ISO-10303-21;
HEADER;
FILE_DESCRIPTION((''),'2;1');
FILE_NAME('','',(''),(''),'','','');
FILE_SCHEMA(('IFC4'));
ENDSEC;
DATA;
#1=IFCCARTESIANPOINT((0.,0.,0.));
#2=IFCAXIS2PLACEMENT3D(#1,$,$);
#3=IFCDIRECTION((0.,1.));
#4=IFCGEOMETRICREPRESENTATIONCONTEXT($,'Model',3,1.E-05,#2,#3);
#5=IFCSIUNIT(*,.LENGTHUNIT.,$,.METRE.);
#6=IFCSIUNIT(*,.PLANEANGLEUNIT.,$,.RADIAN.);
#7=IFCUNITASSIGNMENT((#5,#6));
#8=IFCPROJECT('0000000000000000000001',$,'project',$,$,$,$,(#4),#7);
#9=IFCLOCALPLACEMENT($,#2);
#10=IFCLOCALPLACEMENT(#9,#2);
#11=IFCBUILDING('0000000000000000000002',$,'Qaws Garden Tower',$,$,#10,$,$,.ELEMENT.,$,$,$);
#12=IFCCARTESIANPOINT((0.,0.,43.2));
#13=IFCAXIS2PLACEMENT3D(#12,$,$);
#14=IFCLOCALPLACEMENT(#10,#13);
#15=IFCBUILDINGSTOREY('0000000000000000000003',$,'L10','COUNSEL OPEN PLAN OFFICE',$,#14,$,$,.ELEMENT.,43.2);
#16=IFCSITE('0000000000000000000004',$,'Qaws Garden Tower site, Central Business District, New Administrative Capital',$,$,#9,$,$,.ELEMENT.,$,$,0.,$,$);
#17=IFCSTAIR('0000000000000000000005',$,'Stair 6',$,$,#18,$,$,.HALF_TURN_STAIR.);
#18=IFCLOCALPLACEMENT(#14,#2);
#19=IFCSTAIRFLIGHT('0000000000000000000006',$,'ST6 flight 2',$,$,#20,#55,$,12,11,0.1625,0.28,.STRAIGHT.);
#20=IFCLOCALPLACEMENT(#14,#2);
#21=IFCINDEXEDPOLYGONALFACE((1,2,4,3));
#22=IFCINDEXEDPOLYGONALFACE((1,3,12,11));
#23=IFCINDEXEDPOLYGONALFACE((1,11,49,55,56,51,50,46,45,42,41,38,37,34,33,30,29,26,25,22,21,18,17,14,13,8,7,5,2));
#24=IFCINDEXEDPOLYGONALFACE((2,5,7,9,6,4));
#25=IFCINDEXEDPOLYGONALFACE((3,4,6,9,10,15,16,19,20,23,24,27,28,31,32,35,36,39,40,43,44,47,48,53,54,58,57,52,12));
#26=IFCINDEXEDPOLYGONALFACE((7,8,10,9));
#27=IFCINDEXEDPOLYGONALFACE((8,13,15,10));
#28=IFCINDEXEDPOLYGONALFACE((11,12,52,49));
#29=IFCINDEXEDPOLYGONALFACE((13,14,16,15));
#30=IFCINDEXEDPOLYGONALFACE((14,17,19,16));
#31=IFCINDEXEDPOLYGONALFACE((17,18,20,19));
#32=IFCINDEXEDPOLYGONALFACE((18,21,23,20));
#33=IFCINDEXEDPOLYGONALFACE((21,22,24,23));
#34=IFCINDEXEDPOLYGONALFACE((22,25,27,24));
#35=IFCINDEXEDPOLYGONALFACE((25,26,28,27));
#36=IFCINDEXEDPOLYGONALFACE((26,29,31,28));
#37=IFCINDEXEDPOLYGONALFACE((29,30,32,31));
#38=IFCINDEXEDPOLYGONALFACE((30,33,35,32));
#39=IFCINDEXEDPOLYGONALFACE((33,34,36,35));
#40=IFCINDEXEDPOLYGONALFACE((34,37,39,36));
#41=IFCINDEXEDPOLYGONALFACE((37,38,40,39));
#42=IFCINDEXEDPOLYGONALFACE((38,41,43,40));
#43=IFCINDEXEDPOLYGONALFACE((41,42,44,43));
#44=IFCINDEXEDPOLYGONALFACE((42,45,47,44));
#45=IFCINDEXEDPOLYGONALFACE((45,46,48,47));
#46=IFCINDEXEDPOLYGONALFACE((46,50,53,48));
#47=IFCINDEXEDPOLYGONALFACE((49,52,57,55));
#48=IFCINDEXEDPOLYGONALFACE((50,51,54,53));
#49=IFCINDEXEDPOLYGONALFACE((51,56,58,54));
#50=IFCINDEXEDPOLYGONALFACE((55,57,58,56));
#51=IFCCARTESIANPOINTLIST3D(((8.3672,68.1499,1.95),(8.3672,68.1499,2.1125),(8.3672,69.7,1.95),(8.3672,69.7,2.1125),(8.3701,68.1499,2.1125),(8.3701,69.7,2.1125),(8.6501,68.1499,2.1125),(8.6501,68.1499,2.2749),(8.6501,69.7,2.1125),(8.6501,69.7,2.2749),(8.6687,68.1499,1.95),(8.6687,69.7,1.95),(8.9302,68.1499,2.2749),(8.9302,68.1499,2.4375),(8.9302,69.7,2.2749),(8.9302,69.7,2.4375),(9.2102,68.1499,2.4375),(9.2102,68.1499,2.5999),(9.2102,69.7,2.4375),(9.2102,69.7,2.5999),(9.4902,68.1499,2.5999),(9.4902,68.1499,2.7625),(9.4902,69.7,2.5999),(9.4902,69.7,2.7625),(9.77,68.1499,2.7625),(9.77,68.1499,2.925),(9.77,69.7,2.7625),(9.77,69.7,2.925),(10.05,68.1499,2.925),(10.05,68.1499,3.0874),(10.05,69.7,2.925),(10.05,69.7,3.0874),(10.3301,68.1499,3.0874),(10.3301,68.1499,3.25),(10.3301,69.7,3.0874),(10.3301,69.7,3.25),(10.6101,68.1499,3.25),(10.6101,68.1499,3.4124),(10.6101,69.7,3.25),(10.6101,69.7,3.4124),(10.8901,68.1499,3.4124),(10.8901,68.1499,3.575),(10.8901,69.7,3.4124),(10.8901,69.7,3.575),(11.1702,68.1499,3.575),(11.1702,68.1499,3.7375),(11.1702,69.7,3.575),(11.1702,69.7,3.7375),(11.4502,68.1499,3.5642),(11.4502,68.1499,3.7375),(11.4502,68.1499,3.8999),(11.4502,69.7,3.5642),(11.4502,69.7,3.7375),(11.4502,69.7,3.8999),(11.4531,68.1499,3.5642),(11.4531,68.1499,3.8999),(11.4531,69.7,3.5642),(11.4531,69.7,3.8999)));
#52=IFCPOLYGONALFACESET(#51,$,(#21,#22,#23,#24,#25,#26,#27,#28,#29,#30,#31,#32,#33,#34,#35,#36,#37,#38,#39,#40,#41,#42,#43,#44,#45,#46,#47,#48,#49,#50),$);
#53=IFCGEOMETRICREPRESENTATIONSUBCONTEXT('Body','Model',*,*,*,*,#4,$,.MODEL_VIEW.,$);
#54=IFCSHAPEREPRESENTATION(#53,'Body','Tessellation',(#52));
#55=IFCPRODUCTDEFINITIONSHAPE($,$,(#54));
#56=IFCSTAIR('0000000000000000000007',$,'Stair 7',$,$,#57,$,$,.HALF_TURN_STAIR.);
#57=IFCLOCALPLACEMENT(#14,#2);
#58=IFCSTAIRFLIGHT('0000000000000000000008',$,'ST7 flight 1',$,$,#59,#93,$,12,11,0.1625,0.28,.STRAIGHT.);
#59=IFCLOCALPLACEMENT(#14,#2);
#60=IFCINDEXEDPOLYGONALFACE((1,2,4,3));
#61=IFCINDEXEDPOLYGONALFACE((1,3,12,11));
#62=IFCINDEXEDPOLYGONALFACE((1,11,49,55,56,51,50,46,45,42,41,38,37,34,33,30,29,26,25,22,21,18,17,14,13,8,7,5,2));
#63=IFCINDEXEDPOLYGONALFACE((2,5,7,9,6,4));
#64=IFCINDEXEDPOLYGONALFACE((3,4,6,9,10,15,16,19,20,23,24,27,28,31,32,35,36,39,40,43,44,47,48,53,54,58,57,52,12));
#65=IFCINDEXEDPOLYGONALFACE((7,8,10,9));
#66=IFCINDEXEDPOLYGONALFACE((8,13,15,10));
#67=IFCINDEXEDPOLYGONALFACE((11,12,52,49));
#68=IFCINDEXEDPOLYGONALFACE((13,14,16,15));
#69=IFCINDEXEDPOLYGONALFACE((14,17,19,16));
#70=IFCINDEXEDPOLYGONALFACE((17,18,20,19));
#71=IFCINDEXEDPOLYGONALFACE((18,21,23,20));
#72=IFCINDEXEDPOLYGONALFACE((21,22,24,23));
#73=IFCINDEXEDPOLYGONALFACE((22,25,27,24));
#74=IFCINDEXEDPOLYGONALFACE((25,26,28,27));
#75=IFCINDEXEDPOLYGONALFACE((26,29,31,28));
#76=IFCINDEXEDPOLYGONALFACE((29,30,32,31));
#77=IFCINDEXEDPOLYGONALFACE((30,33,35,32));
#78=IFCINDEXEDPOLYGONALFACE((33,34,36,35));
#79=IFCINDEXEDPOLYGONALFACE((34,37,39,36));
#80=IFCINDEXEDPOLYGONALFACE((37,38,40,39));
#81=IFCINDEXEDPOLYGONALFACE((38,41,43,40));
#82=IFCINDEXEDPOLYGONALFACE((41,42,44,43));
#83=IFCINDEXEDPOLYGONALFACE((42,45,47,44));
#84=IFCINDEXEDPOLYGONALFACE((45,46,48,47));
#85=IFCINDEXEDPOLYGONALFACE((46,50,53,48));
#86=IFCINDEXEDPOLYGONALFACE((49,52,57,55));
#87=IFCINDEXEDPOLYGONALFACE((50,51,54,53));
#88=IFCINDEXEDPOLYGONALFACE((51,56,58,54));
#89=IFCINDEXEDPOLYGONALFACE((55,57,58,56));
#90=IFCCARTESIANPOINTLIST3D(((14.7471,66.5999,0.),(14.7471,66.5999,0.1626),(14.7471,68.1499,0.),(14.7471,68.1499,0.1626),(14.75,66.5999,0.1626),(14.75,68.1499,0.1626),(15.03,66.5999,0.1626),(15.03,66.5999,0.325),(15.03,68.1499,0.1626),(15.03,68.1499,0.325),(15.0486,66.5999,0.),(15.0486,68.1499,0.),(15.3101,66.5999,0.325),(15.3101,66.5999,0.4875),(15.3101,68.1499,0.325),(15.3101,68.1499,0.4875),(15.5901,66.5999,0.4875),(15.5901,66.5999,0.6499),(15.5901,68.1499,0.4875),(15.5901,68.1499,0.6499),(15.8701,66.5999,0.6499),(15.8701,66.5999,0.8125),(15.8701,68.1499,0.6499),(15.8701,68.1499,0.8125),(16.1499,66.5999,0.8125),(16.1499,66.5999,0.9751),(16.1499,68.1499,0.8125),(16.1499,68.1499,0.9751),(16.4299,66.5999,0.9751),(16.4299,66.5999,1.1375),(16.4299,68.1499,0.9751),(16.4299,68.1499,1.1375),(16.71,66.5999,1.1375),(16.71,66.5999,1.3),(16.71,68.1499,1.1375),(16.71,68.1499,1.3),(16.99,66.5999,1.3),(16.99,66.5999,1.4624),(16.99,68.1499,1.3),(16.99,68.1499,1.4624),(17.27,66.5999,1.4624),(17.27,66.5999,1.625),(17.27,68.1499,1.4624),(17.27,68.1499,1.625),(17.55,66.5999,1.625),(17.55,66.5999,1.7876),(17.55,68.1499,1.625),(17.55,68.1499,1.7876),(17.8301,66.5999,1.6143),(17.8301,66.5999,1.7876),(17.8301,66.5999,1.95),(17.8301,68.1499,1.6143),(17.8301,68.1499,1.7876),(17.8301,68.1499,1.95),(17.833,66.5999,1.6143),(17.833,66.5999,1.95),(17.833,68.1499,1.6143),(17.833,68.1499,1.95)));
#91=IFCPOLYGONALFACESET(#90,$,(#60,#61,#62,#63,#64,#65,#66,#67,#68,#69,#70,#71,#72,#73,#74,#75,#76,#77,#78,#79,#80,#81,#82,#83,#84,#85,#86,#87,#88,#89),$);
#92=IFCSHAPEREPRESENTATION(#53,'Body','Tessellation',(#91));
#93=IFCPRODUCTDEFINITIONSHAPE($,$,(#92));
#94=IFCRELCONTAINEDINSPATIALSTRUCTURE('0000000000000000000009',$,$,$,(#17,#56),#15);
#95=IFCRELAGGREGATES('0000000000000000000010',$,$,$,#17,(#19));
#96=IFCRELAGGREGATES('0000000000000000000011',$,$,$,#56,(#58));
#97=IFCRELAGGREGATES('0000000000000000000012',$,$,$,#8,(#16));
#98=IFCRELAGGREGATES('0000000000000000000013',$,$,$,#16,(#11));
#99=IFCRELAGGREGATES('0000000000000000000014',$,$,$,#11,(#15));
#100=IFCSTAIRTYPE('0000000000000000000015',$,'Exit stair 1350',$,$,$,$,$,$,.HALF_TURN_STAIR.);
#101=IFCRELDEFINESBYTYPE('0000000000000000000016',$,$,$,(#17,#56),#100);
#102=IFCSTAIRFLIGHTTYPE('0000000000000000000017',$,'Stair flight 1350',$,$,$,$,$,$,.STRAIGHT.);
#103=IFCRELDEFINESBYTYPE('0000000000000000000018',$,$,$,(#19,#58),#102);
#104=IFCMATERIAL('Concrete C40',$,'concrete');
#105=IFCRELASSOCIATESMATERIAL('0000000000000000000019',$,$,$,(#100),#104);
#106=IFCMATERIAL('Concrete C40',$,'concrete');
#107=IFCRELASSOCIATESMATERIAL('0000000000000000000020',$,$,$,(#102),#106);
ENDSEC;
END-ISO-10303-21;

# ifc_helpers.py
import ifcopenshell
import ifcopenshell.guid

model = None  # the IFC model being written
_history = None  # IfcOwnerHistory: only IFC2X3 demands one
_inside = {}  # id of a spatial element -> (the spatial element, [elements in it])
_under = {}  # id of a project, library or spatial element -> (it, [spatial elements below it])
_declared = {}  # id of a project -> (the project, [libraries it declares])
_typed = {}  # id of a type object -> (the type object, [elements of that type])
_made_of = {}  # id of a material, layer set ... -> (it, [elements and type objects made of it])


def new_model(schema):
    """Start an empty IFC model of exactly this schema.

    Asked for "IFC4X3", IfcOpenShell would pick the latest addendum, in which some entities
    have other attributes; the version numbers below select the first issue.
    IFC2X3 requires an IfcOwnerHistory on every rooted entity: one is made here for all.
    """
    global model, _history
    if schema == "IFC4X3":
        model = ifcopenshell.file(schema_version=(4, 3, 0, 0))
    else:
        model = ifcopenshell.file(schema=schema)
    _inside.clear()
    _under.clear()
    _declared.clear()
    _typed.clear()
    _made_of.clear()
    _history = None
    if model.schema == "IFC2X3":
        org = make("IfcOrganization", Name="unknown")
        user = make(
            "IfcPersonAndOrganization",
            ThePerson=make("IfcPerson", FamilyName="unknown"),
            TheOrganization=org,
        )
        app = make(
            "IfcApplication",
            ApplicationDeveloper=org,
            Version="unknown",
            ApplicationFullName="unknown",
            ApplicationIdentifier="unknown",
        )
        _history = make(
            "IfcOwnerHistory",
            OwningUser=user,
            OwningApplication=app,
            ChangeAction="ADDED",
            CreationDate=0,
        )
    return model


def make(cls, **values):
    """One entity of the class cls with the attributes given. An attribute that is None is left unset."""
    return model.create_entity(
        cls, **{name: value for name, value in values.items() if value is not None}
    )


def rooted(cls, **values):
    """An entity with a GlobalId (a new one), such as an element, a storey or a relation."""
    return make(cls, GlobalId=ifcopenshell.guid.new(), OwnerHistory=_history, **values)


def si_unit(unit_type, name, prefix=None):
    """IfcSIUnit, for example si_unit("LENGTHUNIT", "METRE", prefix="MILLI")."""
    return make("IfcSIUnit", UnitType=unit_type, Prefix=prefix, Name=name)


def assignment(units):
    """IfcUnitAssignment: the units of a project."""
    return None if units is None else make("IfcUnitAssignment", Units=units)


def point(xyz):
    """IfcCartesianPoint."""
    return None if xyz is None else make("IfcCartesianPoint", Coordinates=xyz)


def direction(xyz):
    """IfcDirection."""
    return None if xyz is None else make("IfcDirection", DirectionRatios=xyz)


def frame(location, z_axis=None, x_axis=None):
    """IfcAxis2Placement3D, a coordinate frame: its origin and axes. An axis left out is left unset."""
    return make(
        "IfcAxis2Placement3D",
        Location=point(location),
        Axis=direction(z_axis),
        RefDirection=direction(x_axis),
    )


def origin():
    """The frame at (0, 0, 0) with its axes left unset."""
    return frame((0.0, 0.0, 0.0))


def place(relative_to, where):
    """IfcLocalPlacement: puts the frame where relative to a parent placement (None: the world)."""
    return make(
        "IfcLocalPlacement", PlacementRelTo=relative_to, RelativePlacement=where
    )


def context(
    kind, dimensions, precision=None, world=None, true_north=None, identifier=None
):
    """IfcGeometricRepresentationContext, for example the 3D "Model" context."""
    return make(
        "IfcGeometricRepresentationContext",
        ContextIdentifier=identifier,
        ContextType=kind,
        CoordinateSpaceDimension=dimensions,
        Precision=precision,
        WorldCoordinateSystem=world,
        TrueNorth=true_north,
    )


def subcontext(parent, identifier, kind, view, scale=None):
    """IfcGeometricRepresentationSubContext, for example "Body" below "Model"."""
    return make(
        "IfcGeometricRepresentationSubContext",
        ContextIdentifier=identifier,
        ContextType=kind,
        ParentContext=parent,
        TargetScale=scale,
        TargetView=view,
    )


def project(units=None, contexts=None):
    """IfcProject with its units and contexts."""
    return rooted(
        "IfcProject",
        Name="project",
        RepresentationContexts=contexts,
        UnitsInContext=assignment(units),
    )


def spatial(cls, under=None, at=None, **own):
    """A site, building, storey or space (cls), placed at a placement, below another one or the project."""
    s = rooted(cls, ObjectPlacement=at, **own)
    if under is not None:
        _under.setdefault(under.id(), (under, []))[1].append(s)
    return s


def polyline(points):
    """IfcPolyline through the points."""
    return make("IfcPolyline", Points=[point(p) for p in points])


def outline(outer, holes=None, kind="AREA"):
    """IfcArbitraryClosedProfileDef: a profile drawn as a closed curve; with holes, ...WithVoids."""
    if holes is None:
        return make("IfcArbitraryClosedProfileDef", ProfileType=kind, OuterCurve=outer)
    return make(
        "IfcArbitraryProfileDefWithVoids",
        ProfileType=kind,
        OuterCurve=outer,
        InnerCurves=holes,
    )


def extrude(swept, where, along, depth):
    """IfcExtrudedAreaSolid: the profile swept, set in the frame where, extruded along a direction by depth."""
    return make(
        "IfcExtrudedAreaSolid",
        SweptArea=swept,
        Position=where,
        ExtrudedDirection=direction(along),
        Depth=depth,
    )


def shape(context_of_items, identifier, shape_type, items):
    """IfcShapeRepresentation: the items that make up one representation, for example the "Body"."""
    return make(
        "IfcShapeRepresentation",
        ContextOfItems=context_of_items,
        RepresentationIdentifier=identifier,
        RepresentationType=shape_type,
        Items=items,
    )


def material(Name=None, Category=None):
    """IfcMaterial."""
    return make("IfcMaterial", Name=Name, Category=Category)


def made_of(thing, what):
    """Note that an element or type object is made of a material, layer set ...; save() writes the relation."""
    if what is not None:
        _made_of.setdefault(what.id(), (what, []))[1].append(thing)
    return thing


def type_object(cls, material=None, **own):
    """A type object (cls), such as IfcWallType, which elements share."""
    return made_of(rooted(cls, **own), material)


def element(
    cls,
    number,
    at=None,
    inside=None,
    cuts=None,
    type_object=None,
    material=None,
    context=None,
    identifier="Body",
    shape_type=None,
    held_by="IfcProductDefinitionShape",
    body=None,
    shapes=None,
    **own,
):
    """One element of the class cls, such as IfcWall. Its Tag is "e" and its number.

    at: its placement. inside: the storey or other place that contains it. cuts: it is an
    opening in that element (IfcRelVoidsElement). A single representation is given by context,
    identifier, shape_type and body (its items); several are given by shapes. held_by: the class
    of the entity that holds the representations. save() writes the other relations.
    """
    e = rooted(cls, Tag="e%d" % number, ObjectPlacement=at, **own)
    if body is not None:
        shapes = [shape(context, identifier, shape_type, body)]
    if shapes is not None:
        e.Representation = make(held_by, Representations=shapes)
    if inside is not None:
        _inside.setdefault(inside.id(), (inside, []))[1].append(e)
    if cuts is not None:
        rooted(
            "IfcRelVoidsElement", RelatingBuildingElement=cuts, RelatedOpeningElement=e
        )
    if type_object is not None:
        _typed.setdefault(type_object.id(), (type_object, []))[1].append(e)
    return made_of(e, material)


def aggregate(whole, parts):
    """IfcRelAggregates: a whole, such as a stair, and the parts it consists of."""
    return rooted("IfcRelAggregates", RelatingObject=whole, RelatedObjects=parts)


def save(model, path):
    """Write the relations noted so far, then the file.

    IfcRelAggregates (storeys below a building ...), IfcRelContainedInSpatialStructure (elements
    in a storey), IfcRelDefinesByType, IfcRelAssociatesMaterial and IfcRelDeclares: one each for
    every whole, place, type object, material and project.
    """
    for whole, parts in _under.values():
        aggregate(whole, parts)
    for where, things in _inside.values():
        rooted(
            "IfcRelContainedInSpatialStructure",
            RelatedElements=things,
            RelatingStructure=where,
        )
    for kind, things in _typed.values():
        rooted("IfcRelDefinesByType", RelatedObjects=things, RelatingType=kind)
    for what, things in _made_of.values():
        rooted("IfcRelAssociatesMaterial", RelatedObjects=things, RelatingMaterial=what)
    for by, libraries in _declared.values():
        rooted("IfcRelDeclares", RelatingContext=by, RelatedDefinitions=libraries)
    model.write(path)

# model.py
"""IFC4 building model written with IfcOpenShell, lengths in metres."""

from ifc_helpers import new_model, si_unit, direction, frame, origin, place, context, subcontext, project, spatial, polyline, outline, extrude, material, type_object, element, aggregate, save


model = new_model("IFC4")

# Units and contexts
model_context = context("Model", 3, precision=1e-05, world=origin(), true_north=direction((0.0, 1.0)))
body_context = subcontext(model_context, "Body", "Model", "MODEL_VIEW")
ifc_project = project(units=[si_unit("LENGTHUNIT", "METRE"), si_unit("PLANEANGLEUNIT", "RADIAN")], contexts=[model_context])

# Site, building, storey
site_placement = place(None, origin())
site = spatial("IfcSite", under=ifc_project, at=site_placement, Name="Qaws Garden Tower site, Central Business District, New Administrative Capital", CompositionType="ELEMENT", RefElevation=0.0)
building_placement = place(site_placement, origin())
building = spatial("IfcBuilding", under=site, at=building_placement, Name="Qaws Garden Tower", CompositionType="ELEMENT")
storey_placement = place(building_placement, frame((0.0, 0.0, 43.2)))
storey = spatial("IfcBuildingStorey", under=building, at=storey_placement, Name="L10", Description="COUNSEL OPEN PLAN OFFICE", CompositionType="ELEMENT", Elevation=43.2)

# Stair, stair flight
ifc_material_1 = material(Name="Concrete C40", Category="concrete")
stair_type = type_object("IfcStairType", Name="Exit stair 1350", PredefinedType="HALF_TURN_STAIR", material=ifc_material_1)
placement = place(storey_placement, origin())
stair_1 = element("IfcStair", 1, at=placement, inside=storey, type_object=stair_type, Name="Stair 6", PredefinedType="HALF_TURN_STAIR")
ifc_material_2 = material(Name="Concrete C40", Category="concrete")
stair_flight_type = type_object("IfcStairFlightType", Name="Stair flight 1350", PredefinedType="STRAIGHT", material=ifc_material_2)
stair_flight_1_placement = place(storey_placement, frame((8.3701, 68.925, 1.95), z_axis=(0.0, 0.0, 1.0), x_axis=(1.0, 0.0, 0.0)))
stair_flight_1 = element("IfcStairFlight", 2, at=stair_flight_1_placement, type_object=stair_flight_type, Name="ST6 flight 2", NumberOfRisers=12, NumberOfTreads=11, PredefinedType="STRAIGHT", RiserHeight=0.1625, TreadLength=0.28, context=body_context, shape_type="SweptSolid", body=[
    extrude(outline(polyline([(-0.0029, 0.0), (-0.0029, 0.1626), (0.0, 0.1626), (0.28, 0.1626), (0.28, 0.325), (0.5601, 0.325), (0.5601, 0.4875), (0.8401, 0.4875), (0.8401, 0.6499), (1.1201, 0.6499), (1.1201, 0.8125), (1.3999, 0.8125), (1.3999, 0.9751), (1.6799, 0.9751), (1.6799, 1.1375), (1.96, 1.1375), (1.96, 1.3), (2.24, 1.3), (2.24, 1.4624), (2.52, 1.4624), (2.52, 1.625), (2.8, 1.625), (2.8, 1.7876), (3.0801, 1.7876), (3.0801, 1.95), (3.083, 1.95), (3.083, 1.6143), (3.0801, 1.6143), (0.2986, 0.0), (-0.0029, 0.0)])), frame((0.0, 0.7749, 0.0), z_axis=(0.0, -1.0, 0.0), x_axis=(1.0, 0.0, 0.0)), (0.0, 0.0, 1.0), 1.55),
])
aggregate(stair_1, [stair_flight_1])

# Stair, stair flight
stair_2 = element("IfcStair", 3, at=placement, inside=storey, type_object=stair_type, Name="Stair 7", PredefinedType="HALF_TURN_STAIR")
stair_flight_2_placement = place(storey_placement, frame((14.75, 67.375, 0.0), z_axis=(0.0, 0.0, 1.0), x_axis=(1.0, 0.0, 0.0)))
stair_flight_2 = element("IfcStairFlight", 4, at=stair_flight_2_placement, type_object=stair_flight_type, Name="ST7 flight 1", NumberOfRisers=12, NumberOfTreads=11, PredefinedType="STRAIGHT", RiserHeight=0.1625, TreadLength=0.28, context=body_context, shape_type="SweptSolid", body=[
    extrude(outline(polyline([(-0.0029, 0.0), (-0.0029, 0.1626), (0.0, 0.1626), (0.28, 0.1626), (0.28, 0.325), (0.5601, 0.325), (0.5601, 0.4875), (0.8401, 0.4875), (0.8401, 0.6499), (1.1201, 0.6499), (1.1201, 0.8125), (1.3999, 0.8125), (1.3999, 0.9751), (1.6799, 0.9751), (1.6799, 1.1375), (1.96, 1.1375), (1.96, 1.3), (2.24, 1.3), (2.24, 1.4624), (2.52, 1.4624), (2.52, 1.625), (2.8, 1.625), (2.8, 1.7876), (3.0801, 1.7876), (3.0801, 1.95), (3.083, 1.95), (3.083, 1.6143), (3.0801, 1.6143), (0.2986, 0.0), (-0.0029, 0.0)])), frame((0.0, 0.7749, 0.0), z_axis=(0.0, -1.0, 0.0), x_axis=(1.0, 0.0, 0.0)), (0.0, 0.0, 1.0), 1.55),
])
aggregate(stair_2, [stair_flight_2])

save(model, "model.ifc")
